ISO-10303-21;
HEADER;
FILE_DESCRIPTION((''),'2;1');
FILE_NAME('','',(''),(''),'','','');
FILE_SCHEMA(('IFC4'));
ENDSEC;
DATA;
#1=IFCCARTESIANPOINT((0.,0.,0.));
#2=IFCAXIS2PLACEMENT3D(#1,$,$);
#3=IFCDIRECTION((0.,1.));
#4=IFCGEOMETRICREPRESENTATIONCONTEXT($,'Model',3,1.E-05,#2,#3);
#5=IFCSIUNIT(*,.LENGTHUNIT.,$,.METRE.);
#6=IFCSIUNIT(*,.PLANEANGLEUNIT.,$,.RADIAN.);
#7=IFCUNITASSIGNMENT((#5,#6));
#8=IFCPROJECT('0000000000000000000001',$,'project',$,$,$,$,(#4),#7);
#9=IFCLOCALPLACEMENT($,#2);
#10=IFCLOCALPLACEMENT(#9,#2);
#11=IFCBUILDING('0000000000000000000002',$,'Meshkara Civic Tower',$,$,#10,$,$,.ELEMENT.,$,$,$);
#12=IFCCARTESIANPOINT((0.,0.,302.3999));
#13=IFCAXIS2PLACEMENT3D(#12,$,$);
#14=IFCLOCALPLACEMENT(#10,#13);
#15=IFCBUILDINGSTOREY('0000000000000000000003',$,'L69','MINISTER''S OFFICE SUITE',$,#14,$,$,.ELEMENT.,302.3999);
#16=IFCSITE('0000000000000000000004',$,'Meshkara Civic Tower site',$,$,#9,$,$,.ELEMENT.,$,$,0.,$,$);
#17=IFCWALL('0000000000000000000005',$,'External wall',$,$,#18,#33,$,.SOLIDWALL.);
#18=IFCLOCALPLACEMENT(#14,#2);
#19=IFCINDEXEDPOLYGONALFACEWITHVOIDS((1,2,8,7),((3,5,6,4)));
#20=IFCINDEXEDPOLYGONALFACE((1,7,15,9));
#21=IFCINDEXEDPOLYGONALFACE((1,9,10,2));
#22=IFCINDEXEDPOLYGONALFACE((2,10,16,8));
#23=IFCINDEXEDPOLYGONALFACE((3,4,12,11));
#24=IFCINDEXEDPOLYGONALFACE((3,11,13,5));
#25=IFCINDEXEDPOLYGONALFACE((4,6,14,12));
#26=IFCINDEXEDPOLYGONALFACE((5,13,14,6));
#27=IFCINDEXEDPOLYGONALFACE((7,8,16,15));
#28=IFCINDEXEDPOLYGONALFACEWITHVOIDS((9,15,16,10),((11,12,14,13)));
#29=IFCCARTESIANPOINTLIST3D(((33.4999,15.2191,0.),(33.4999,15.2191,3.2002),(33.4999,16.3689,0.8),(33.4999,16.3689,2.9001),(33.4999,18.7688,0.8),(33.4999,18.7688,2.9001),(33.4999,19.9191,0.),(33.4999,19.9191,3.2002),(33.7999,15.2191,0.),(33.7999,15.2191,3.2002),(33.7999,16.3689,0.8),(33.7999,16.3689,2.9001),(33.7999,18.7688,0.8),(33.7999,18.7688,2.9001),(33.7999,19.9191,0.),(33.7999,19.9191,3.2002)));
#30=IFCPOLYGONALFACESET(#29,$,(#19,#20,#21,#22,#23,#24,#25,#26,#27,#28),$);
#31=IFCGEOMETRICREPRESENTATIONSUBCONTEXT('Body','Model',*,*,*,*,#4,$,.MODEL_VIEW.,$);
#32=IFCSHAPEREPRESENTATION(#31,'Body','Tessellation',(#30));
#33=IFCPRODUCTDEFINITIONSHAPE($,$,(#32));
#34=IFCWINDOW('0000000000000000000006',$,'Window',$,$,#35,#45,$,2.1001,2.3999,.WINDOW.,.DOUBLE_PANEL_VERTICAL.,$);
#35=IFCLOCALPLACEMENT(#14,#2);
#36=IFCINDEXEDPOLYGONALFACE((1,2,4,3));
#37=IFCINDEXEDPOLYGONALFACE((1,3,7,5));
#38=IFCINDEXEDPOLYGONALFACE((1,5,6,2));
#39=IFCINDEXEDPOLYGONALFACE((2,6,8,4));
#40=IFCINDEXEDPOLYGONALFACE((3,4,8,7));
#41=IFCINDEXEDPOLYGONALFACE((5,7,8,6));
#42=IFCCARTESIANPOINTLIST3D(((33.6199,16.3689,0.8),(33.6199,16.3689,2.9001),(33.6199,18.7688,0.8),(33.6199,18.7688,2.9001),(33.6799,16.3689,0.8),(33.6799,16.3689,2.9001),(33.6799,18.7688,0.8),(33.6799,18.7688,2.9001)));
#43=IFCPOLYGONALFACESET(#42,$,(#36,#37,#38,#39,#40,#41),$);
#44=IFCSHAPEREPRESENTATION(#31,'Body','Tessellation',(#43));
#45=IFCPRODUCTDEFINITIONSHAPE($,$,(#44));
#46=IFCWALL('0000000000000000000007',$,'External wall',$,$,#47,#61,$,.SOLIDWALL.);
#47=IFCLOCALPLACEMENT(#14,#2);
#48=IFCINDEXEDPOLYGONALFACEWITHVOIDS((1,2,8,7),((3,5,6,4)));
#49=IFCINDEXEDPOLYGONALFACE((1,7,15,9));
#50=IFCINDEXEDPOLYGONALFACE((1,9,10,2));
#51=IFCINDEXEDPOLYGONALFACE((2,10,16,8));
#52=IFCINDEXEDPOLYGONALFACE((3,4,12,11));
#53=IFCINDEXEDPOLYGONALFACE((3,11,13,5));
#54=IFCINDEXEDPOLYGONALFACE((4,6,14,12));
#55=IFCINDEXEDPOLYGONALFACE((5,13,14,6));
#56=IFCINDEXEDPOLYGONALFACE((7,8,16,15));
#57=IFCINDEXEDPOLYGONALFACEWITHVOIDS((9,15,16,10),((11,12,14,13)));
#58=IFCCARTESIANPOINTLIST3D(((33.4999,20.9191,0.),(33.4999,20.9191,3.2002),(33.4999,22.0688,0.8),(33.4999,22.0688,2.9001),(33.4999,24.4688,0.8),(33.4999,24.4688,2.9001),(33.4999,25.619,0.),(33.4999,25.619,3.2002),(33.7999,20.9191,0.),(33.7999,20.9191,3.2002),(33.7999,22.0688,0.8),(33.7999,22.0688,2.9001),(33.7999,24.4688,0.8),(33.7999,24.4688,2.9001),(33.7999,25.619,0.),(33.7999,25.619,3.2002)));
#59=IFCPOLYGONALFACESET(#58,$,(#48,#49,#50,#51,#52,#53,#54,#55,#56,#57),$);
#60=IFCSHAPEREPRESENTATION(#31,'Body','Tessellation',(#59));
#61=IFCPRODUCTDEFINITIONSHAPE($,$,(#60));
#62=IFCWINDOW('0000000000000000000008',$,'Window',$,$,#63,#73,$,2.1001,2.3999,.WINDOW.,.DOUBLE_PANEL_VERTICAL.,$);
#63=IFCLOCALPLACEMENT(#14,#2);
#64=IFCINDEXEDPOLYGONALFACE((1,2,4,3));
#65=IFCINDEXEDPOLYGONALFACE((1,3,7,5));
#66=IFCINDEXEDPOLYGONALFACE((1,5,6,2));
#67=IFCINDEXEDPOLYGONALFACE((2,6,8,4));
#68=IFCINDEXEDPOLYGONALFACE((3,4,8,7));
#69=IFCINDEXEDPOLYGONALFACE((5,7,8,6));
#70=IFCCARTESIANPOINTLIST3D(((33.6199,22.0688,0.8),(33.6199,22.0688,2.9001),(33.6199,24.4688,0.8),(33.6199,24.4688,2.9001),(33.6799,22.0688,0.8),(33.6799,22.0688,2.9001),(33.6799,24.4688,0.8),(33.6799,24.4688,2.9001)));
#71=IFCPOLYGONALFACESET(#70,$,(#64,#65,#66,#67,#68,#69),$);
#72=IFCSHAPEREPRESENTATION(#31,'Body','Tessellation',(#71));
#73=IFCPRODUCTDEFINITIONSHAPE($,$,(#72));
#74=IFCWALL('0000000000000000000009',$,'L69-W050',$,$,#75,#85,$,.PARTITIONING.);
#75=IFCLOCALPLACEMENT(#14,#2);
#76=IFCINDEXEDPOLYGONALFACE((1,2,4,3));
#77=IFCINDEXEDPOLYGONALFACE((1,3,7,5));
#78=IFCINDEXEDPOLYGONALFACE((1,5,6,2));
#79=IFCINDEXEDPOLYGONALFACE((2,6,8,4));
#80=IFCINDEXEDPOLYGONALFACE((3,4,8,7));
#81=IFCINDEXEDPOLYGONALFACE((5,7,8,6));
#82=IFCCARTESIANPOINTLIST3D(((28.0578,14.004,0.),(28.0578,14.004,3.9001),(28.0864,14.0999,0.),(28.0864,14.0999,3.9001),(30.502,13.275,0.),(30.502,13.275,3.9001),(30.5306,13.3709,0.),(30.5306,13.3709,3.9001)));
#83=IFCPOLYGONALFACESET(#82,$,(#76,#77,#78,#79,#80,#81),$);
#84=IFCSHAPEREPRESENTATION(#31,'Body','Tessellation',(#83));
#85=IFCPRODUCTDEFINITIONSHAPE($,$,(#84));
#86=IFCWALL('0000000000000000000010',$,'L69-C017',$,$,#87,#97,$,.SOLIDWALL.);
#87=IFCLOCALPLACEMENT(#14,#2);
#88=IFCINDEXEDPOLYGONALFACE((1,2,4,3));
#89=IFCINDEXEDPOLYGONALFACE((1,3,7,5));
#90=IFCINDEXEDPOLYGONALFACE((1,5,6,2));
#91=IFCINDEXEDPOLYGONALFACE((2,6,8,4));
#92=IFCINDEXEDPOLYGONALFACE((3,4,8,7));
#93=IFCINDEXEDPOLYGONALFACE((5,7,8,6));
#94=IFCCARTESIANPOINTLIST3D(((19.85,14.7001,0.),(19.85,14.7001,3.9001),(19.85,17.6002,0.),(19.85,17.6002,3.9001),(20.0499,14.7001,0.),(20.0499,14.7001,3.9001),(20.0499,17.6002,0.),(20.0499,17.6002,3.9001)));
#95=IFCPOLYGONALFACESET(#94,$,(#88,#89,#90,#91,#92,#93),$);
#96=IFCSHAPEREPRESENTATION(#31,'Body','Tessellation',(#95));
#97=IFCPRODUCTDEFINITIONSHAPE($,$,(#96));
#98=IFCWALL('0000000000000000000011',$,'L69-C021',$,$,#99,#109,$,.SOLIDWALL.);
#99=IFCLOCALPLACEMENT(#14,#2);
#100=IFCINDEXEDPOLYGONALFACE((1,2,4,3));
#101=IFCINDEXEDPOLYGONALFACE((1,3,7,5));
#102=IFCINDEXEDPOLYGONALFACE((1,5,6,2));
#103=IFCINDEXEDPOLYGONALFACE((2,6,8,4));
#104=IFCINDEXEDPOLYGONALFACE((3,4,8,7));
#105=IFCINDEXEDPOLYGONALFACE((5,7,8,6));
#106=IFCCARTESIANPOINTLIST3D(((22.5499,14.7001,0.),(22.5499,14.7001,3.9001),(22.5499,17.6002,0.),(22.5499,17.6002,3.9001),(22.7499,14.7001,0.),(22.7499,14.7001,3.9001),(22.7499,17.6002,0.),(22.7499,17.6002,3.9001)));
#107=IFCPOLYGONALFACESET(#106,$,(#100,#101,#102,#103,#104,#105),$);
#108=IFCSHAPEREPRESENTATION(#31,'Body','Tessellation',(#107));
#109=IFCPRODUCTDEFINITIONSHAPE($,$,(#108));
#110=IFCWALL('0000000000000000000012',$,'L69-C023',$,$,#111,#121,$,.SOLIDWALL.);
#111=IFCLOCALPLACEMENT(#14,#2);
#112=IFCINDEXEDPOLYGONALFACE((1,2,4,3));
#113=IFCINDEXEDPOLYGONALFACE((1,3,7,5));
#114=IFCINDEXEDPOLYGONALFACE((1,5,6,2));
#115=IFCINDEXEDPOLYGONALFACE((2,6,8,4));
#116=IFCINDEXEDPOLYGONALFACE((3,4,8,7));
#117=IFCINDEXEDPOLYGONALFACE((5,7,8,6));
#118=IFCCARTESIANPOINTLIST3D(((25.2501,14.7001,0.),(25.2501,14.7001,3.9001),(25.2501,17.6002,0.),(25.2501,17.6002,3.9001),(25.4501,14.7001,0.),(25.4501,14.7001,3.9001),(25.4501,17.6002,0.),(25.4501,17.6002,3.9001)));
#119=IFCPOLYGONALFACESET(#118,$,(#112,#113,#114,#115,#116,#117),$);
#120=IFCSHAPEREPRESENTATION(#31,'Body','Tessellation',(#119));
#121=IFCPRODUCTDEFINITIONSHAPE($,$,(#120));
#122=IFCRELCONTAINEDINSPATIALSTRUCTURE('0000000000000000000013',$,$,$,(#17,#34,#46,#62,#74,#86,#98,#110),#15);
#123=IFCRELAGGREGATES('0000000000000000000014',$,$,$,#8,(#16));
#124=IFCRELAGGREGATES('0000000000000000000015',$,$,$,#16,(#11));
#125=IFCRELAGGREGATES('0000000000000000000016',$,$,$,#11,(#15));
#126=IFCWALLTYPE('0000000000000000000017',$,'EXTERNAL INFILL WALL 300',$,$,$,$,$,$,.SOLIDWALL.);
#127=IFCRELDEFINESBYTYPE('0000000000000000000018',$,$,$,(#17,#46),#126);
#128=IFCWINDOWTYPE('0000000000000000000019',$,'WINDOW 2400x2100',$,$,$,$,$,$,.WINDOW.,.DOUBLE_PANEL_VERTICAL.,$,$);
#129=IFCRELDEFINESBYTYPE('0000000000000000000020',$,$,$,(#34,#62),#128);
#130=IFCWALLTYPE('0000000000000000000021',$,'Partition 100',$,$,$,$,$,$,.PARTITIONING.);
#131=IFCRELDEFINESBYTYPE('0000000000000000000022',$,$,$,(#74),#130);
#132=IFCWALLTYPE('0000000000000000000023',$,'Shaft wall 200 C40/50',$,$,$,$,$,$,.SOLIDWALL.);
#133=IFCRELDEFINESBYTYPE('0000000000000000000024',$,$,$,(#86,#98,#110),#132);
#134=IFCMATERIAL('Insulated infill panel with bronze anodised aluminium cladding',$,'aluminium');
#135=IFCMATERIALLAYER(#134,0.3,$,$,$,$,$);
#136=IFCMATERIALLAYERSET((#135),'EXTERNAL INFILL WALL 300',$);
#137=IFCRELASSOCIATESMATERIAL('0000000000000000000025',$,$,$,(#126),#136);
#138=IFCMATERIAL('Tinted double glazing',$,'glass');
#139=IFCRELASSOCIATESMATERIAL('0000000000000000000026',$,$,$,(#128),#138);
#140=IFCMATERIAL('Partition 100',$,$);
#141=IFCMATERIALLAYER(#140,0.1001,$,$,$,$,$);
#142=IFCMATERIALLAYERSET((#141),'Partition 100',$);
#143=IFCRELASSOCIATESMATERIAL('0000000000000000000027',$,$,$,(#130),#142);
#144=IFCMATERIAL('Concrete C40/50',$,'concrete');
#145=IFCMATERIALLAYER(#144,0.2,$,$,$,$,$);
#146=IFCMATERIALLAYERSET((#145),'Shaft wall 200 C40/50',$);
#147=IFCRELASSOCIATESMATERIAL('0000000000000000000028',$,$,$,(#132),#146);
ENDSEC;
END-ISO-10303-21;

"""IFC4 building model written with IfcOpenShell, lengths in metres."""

from ifc_helpers import new_model, si_unit, direction, frame, frame_2d, origin, place, context, subcontext, project, spatial, rectangle, extrude, material, layer, layer_set, type_object, element, fill, save


model = new_model("IFC4")

# Units and contexts
model_context = context("Model", 3, precision=1e-05, world=origin(), true_north=direction((0.0, 1.0)))
body_context = subcontext(model_context, "Body", "Model", "MODEL_VIEW")
ifc_project = project(units=[si_unit("LENGTHUNIT", "METRE"), si_unit("PLANEANGLEUNIT", "RADIAN")], contexts=[model_context])

# Site, building, storey
site_placement = place(None, origin())
site = spatial("IfcSite", under=ifc_project, at=site_placement, Name="Meshkara Civic Tower site", CompositionType="ELEMENT", RefElevation=0.0)
building_placement = place(site_placement, origin())
building = spatial("IfcBuilding", under=site, at=building_placement, Name="Meshkara Civic Tower", CompositionType="ELEMENT")
storey_placement = place(building_placement, frame((0.0, 0.0, 302.3999)))
storey = spatial("IfcBuildingStorey", under=building, at=storey_placement, Name="L69", Description="MINISTER'S OFFICE SUITE", CompositionType="ELEMENT", Elevation=302.3999)

# Walls, openings, windows
ifc_material_1 = material(Name="Insulated infill panel with bronze anodised aluminium cladding", Category="aluminium")
ifc_layer_1 = layer(ifc_material_1, 0.3)
ifc_layer_set_1 = layer_set([ifc_layer_1], Name="EXTERNAL INFILL WALL 300")
wall_type_1 = type_object("IfcWallType", Name="EXTERNAL INFILL WALL 300", PredefinedType="SOLIDWALL", material=ifc_layer_set_1)
ifc_material_2 = material(Name="Tinted double glazing", Category="glass")
window_type = type_object("IfcWindowType", Name="WINDOW 2400x2100", PartitioningType="DOUBLE_PANEL_VERTICAL", PredefinedType="WINDOW", material=ifc_material_2)
wall_1_placement = place(storey_placement, frame((33.6499, 15.219, 0.0), z_axis=(0.0, 0.0, 1.0), x_axis=(0.0, 1.0, 0.0)))
wall_1 = element("IfcWall", 1, at=wall_1_placement, inside=storey, type_object=wall_type_1, Name="External wall", PredefinedType="SOLIDWALL", context=body_context, shape_type="SweptSolid", body=[
    extrude(rectangle(XDim=4.7, YDim=0.3, at=frame_2d((2.3501, 0.0))), origin(), (0.0, 0.0, 1.0), 3.2002),
])
opening_1_placement = place(wall_1_placement, frame((1.1499, 0.0, 0.8)))
opening_1 = element("IfcOpeningElement", 2, at=opening_1_placement, cuts=wall_1, PredefinedType="OPENING", context=body_context, shape_type="SweptSolid", body=[
    extrude(rectangle(XDim=2.3999, YDim=2.1001, at=frame_2d((1.2, 1.05))), frame((0.0, 0.1599, 0.0), z_axis=(0.0, -1.0, 0.0), x_axis=(1.0, 0.0, 0.0)), (0.0, 0.0, 1.0), 0.3201),
])
window_1_placement = place(opening_1_placement, origin())
window_1 = element("IfcWindow", 3, at=window_1_placement, inside=storey, type_object=window_type, Name="Window", OverallHeight=2.1001, OverallWidth=2.3999, PartitioningType="DOUBLE_PANEL_VERTICAL", PredefinedType="WINDOW", context=body_context, shape_type="SweptSolid", body=[
    extrude(rectangle(XDim=2.3999, YDim=2.1001, at=frame_2d((1.2, 1.05))), frame((0.0, 0.03, 0.0), z_axis=(0.0, -1.0, 0.0), x_axis=(1.0, 0.0, 0.0)), (0.0, 0.0, 1.0), 0.0601),
])
fill(opening_1, window_1)
wall_2_placement = place(storey_placement, frame((33.6499, 20.9189, 0.0), z_axis=(0.0, 0.0, 1.0), x_axis=(0.0, 1.0, 0.0)))
wall_2 = element("IfcWall", 4, at=wall_2_placement, inside=storey, type_object=wall_type_1, Name="External wall", PredefinedType="SOLIDWALL", context=body_context, shape_type="SweptSolid", body=[
    extrude(rectangle(XDim=4.7, YDim=0.3, at=frame_2d((2.3501, 0.0))), origin(), (0.0, 0.0, 1.0), 3.2002),
])
opening_2_placement = place(wall_2_placement, frame((1.1499, 0.0, 0.8)))
opening_2 = element("IfcOpeningElement", 5, at=opening_2_placement, cuts=wall_2, PredefinedType="OPENING", context=body_context, shape_type="SweptSolid", body=[
    extrude(rectangle(XDim=2.3999, YDim=2.1001, at=frame_2d((1.2, 1.05))), frame((0.0, 0.1599, 0.0), z_axis=(0.0, -1.0, 0.0), x_axis=(1.0, 0.0, 0.0)), (0.0, 0.0, 1.0), 0.3201),
])
window_2_placement = place(opening_2_placement, origin())
window_2 = element("IfcWindow", 6, at=window_2_placement, inside=storey, type_object=window_type, Name="Window", OverallHeight=2.1001, OverallWidth=2.3999, PartitioningType="DOUBLE_PANEL_VERTICAL", PredefinedType="WINDOW", context=body_context, shape_type="SweptSolid", body=[
    extrude(rectangle(XDim=2.3999, YDim=2.1001, at=frame_2d((1.2, 1.05))), frame((0.0, 0.03, 0.0), z_axis=(0.0, -1.0, 0.0), x_axis=(1.0, 0.0, 0.0)), (0.0, 0.0, 1.0), 0.0601),
])
fill(opening_2, window_2)

# Walls
ifc_material_3 = material(Name="Partition 100")
ifc_layer_2 = layer(ifc_material_3, 0.1001)
ifc_layer_set_2 = layer_set([ifc_layer_2], Name="Partition 100")
wall_type_2 = type_object("IfcWallType", Name="Partition 100", PredefinedType="PARTITIONING", material=ifc_layer_set_2)
wall_3_placement = place(storey_placement, frame((28.072, 14.052, 0.0), z_axis=(0.0, 0.0, 1.0), x_axis=(0.958281, -0.285828, 0.0)))
element("IfcWall", 7, at=wall_3_placement, inside=storey, type_object=wall_type_2, Name="L69-W050", PredefinedType="PARTITIONING", context=body_context, shape_type="SweptSolid", body=[
    extrude(rectangle(XDim=2.5505, YDim=0.1001, at=frame_2d((1.2754, 0.0))), origin(), (0.0, 0.0, 1.0), 3.9001),
])
ifc_material_4 = material(Name="Concrete C40/50", Category="concrete")
ifc_layer_3 = layer(ifc_material_4, 0.2)
ifc_layer_set_3 = layer_set([ifc_layer_3], Name="Shaft wall 200 C40/50")
wall_type_3 = type_object("IfcWallType", Name="Shaft wall 200 C40/50", PredefinedType="SOLIDWALL", material=ifc_layer_set_3)
for number, where, z_axis, x_axis, name in (
    (8, (19.95, 14.7, 0.0), (0.0, 0.0, 1.0), (0.0, 1.0, 0.0), "L69-C017"),
    (9, (22.6499, 14.7, 0.0), (0.0, 0.0, 1.0), (0.0, 1.0, 0.0), "L69-C021"),
    (10, (25.3501, 14.7, 0.0), (0.0, 0.0, 1.0), (0.0, 1.0, 0.0), "L69-C023"),
):
    element("IfcWall", number, at=place(storey_placement, frame(where, z_axis=z_axis, x_axis=x_axis)), inside=storey, type_object=wall_type_3, Name=name, PredefinedType="SOLIDWALL", context=body_context, shape_type="SweptSolid", body=[
        extrude(rectangle(XDim=2.9001, YDim=0.2, at=frame_2d((1.4502, 0.0))), origin(), (0.0, 0.0, 1.0), 3.9001),
    ])

save(model, "model.ifc")
